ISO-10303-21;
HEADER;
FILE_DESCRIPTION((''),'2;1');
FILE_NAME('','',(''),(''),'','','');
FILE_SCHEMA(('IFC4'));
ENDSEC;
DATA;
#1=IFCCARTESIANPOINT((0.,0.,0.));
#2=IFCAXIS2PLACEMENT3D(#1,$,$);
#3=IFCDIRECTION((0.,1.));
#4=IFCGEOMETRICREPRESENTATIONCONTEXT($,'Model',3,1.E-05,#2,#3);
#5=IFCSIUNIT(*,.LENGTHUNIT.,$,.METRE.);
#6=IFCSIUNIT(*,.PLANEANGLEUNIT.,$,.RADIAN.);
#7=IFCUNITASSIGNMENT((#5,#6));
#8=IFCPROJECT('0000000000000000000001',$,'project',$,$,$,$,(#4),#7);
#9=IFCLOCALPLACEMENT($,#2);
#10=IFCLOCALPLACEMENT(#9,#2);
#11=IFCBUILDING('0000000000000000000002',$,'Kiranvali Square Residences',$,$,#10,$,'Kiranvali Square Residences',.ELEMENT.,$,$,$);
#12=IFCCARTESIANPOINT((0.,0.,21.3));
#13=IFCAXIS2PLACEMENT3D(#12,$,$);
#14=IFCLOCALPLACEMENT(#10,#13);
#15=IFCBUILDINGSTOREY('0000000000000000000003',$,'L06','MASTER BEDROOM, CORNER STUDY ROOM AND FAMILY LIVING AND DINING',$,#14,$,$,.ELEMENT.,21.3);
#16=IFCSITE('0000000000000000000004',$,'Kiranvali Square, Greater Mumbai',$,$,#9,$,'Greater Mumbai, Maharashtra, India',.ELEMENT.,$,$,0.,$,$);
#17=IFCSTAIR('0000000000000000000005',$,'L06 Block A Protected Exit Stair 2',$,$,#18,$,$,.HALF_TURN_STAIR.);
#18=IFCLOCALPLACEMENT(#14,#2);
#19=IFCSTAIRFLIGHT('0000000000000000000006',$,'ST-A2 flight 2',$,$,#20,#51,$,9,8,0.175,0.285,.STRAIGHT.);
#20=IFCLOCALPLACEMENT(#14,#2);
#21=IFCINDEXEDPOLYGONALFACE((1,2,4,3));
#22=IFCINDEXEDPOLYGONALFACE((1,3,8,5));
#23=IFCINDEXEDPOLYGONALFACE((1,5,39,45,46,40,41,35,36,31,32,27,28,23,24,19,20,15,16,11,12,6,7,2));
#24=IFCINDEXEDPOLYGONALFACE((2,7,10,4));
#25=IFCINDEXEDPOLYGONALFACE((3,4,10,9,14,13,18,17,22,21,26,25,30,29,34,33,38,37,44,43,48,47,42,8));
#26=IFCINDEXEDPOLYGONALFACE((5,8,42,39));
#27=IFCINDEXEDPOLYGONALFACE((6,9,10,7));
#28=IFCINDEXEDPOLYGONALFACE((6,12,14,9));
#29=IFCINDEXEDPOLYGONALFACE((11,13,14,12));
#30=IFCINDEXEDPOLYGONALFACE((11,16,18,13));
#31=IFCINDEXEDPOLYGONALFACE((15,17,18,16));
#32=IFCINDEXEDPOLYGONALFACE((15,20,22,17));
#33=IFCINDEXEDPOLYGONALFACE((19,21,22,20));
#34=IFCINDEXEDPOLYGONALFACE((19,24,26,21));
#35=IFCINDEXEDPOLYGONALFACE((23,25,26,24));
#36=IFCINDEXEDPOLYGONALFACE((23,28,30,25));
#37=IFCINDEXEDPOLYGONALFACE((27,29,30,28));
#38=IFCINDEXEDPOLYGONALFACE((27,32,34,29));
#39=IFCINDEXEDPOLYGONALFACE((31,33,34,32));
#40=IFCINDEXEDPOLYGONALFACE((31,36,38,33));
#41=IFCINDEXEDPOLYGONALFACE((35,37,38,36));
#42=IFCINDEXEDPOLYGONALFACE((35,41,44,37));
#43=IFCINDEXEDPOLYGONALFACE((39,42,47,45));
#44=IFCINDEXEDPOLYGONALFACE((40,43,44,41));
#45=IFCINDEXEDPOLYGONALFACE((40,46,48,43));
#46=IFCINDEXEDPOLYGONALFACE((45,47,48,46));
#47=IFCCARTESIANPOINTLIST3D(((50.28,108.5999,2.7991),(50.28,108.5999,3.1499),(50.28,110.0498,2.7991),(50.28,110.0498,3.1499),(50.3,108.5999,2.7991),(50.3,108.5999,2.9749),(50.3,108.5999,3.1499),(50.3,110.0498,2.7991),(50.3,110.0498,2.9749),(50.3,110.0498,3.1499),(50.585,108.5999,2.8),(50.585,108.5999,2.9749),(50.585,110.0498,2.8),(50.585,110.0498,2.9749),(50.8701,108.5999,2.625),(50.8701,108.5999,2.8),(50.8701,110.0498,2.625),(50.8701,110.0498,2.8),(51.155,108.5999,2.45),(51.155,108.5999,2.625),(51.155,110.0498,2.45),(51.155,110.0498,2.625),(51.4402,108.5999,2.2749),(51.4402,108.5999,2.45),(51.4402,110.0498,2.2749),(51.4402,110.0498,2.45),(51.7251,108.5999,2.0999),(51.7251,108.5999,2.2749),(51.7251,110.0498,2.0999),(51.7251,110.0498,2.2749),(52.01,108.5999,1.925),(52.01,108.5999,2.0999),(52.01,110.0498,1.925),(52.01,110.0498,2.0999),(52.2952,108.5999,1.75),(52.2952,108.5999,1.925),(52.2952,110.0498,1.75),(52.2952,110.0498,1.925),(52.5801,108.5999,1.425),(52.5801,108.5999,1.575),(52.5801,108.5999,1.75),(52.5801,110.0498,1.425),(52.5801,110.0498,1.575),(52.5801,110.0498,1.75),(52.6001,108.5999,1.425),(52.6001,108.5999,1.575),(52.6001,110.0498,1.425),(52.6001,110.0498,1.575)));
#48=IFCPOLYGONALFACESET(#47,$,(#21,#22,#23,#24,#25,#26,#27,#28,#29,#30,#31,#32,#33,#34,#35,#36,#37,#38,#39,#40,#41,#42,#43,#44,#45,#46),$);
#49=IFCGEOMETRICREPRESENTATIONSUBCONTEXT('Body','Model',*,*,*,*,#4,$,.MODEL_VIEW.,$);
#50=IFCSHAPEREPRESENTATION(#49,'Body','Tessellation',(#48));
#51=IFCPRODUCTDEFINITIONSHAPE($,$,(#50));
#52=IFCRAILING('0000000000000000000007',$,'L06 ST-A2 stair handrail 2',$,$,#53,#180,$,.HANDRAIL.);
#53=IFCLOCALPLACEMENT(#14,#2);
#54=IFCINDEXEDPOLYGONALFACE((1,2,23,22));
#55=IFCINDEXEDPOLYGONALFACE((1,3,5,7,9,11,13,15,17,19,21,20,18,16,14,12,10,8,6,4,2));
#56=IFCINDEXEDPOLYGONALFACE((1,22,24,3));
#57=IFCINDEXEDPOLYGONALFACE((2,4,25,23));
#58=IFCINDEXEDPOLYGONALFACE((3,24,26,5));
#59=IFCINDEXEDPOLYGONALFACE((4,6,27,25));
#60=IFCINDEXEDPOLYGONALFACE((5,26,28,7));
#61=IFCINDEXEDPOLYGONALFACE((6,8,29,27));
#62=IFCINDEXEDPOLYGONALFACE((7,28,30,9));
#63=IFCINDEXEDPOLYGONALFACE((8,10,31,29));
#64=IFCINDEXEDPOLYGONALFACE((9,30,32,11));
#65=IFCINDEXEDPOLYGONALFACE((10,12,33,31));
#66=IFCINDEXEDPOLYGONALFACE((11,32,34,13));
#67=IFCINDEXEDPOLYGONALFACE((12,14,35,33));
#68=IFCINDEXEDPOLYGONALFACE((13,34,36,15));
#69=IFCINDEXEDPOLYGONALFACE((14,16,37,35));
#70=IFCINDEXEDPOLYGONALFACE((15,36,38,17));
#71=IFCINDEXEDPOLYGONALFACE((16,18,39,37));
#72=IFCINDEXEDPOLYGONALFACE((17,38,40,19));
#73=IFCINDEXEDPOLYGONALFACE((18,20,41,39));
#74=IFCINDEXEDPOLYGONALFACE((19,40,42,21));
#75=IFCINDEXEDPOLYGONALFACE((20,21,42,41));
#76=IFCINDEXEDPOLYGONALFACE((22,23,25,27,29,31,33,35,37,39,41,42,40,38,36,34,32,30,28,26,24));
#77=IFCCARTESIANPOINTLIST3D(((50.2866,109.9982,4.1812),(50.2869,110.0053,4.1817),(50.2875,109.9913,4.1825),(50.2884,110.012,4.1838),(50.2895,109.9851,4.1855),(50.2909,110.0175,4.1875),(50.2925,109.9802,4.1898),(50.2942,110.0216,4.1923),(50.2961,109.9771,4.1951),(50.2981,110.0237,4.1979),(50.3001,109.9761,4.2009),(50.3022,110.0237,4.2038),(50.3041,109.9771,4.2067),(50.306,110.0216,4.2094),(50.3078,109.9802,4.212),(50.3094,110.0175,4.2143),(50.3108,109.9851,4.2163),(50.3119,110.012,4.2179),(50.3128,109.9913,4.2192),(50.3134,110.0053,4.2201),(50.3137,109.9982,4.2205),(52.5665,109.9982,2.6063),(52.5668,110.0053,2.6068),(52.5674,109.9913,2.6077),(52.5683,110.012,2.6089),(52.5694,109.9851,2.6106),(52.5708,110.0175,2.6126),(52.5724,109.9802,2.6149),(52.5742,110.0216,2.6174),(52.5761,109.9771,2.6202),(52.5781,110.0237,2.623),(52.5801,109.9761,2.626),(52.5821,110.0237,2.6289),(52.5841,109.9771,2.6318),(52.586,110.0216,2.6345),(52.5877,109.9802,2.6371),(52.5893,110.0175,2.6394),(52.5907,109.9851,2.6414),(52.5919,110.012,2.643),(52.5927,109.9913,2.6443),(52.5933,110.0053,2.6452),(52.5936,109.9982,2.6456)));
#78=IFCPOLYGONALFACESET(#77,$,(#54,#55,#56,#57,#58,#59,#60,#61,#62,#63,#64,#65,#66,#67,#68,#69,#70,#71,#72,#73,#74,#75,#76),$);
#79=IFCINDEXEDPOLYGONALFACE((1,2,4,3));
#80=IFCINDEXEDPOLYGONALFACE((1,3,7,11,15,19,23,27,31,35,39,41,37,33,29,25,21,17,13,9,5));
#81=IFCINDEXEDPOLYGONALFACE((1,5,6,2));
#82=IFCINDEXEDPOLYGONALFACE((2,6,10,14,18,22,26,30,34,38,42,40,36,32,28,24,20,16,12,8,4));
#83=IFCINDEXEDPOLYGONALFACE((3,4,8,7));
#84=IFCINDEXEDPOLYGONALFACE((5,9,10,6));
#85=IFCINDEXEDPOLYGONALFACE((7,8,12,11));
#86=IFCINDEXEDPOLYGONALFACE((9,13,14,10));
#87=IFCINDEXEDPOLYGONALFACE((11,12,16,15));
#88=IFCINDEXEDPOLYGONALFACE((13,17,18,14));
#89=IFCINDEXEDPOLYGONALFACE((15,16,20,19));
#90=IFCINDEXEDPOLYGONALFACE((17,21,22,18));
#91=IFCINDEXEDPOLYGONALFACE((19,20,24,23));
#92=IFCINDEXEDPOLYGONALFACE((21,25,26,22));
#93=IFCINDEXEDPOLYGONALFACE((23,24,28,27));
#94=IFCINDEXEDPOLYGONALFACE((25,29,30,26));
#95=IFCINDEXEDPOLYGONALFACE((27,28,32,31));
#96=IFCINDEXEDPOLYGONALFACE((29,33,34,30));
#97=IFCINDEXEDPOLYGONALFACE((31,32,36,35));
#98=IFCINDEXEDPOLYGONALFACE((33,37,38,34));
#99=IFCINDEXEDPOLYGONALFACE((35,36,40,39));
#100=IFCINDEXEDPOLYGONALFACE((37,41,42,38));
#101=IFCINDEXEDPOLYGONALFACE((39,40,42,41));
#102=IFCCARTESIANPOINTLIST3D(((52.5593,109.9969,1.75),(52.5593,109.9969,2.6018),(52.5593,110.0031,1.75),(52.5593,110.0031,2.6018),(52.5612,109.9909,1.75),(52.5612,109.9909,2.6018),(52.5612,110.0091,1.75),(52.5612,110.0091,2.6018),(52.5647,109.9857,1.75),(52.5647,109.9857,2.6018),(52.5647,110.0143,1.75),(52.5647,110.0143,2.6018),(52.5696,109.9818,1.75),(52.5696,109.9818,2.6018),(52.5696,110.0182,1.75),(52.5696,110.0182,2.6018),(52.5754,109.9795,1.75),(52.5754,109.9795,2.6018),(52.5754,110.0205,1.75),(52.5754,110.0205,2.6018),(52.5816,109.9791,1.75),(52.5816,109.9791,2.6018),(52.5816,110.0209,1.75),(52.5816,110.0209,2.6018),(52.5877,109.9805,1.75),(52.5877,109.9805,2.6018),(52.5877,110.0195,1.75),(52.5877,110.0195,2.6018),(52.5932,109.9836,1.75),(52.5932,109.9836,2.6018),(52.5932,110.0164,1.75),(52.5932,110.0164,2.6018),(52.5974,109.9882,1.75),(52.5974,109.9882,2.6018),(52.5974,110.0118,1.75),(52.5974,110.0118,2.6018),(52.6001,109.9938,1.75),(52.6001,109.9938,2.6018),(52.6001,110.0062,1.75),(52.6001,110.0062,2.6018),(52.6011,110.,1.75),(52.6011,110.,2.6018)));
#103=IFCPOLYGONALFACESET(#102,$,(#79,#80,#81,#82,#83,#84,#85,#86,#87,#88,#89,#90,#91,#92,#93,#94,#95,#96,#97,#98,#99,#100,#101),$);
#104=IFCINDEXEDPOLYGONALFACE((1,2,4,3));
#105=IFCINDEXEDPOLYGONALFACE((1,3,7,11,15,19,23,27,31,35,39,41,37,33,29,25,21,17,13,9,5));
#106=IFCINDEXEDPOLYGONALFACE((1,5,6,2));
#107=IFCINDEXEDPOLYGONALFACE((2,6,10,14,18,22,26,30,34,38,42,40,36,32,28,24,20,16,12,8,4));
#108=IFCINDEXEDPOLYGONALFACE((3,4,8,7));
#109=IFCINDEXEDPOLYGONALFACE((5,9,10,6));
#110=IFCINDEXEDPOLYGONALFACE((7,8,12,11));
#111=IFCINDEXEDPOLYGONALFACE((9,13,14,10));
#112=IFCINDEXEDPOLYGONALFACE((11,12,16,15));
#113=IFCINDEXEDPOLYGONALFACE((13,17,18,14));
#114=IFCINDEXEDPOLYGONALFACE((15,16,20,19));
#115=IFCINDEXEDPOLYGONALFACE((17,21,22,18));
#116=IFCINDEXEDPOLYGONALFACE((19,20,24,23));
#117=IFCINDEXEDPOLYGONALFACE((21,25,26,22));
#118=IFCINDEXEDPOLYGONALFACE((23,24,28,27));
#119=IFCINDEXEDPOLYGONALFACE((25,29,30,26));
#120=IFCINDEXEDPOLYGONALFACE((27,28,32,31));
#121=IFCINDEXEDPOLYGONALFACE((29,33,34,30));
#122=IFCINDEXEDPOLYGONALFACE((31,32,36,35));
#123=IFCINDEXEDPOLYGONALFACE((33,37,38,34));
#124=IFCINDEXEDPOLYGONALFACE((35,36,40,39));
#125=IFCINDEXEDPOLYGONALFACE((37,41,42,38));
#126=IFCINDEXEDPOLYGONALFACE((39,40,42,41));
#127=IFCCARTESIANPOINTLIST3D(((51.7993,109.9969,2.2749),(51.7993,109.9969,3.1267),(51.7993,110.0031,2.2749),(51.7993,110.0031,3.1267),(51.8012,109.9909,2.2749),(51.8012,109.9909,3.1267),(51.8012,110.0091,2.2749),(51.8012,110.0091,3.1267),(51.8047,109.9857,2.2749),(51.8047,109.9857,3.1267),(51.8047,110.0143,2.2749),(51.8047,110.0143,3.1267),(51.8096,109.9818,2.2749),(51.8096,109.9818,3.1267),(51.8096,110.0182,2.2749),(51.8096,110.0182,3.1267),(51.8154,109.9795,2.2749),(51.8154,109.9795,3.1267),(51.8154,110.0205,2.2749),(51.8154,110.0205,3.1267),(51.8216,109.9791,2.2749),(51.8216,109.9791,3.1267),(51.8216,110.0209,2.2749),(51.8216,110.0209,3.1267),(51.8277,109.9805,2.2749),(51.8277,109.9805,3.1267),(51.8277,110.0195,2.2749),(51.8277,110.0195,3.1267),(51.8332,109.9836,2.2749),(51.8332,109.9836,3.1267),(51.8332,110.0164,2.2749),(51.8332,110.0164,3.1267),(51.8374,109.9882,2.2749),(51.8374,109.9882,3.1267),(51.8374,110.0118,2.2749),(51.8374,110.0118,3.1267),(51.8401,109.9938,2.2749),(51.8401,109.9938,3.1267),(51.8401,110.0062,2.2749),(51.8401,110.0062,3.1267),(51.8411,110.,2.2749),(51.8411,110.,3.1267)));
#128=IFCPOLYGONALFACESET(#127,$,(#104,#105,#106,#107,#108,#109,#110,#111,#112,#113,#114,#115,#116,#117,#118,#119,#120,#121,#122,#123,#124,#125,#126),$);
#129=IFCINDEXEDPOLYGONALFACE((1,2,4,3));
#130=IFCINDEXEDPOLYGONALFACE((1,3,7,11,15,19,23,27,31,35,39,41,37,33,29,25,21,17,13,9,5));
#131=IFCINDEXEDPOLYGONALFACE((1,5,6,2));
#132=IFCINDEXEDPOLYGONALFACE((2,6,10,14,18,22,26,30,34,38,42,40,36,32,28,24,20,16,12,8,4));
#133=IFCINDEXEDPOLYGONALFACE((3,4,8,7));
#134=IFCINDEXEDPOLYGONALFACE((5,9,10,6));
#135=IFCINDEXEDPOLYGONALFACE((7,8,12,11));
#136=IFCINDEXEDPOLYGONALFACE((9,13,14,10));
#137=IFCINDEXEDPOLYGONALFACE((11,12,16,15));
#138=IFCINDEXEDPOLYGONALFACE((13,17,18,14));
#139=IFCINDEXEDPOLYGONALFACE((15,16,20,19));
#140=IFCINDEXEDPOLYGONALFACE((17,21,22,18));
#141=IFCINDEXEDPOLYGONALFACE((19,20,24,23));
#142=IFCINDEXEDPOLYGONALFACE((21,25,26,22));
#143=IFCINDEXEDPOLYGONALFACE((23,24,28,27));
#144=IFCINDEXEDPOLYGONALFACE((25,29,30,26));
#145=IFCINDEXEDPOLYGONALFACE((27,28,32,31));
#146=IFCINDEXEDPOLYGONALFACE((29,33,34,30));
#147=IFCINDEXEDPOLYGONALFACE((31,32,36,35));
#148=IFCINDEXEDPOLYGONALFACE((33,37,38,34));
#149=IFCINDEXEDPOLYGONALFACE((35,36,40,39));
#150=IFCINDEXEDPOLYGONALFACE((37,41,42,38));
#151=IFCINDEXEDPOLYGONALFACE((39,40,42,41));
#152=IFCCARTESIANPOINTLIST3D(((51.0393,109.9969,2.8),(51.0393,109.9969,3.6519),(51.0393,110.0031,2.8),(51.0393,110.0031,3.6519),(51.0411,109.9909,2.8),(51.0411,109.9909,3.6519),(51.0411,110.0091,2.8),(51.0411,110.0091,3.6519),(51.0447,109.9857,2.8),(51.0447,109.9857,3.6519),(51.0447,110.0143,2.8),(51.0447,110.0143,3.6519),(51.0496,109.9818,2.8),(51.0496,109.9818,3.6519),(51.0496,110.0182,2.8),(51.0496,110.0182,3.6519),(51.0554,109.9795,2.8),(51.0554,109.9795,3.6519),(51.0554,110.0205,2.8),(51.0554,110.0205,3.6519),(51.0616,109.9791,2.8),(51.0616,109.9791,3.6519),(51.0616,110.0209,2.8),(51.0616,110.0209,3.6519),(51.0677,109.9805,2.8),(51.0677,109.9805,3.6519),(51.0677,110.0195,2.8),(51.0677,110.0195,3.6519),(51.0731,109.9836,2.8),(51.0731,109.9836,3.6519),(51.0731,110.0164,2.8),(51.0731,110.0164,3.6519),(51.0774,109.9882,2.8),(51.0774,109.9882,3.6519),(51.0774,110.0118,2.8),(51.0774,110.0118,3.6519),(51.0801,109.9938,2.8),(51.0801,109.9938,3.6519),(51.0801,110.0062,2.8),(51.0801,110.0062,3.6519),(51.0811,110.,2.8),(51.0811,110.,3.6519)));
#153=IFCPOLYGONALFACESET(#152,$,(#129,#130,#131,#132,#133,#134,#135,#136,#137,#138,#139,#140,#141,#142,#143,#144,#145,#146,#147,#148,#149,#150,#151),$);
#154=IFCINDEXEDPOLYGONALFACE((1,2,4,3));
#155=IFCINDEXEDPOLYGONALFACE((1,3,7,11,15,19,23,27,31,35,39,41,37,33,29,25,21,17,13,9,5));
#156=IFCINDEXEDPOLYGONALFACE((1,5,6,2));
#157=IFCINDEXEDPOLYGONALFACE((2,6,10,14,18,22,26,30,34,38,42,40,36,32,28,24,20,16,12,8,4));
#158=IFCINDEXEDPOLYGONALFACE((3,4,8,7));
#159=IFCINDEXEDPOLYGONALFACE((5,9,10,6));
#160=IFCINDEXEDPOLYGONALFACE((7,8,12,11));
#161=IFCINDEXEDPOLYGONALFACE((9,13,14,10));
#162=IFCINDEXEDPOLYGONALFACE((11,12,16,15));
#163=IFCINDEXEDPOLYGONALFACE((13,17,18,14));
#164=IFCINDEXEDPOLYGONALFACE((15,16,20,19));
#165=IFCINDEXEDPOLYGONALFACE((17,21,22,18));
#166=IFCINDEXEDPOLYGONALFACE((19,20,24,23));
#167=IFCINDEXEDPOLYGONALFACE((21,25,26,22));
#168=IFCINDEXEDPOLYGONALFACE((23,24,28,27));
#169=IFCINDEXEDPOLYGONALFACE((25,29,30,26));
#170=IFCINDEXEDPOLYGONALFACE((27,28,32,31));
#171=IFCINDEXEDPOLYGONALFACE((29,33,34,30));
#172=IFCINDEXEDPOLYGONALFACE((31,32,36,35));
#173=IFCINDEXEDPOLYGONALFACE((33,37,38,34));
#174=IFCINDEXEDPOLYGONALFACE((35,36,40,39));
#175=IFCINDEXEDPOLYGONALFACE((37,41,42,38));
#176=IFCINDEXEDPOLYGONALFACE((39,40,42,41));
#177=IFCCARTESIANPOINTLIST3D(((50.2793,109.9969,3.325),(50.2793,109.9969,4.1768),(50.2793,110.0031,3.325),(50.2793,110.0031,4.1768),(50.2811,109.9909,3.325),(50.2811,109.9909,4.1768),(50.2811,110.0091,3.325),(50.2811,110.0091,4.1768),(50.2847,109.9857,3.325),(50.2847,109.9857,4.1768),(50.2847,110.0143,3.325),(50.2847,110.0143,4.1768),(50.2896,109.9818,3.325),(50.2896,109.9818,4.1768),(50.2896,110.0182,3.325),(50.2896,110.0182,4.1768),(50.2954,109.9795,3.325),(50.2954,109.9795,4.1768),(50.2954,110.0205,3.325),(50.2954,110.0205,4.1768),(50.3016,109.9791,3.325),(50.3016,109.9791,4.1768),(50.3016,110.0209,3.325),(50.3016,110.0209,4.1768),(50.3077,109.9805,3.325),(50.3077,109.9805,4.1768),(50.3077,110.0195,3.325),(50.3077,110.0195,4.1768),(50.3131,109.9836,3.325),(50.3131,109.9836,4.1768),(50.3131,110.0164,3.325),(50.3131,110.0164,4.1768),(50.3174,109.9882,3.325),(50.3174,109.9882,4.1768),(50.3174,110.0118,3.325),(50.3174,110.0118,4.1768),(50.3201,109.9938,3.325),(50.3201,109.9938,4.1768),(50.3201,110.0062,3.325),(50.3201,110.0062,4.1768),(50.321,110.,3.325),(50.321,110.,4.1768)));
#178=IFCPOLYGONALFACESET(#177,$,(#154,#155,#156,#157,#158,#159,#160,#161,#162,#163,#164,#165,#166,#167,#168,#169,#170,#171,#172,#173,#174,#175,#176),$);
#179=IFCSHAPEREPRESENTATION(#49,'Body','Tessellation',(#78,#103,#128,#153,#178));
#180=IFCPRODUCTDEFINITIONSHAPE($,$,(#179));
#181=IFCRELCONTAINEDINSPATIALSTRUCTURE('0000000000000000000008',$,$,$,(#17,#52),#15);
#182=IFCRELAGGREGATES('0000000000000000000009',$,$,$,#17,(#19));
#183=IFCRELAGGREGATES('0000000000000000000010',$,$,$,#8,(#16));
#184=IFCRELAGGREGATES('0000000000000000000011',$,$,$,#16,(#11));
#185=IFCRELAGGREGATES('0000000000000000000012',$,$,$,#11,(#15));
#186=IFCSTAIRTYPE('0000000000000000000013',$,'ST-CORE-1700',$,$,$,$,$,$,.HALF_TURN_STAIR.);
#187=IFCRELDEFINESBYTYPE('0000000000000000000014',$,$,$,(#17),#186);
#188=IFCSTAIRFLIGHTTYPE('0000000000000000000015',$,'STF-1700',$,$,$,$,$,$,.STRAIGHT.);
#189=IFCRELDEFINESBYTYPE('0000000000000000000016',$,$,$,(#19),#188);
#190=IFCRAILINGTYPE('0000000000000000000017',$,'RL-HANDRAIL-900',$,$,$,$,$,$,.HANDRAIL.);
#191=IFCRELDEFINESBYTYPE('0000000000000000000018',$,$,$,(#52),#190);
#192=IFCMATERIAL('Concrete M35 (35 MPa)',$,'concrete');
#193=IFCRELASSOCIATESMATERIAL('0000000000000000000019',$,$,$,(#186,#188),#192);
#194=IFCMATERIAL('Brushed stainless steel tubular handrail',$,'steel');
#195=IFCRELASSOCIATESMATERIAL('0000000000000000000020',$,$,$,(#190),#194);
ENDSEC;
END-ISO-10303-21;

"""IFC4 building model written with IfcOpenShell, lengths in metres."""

from ifc_helpers import new_model, si_unit, direction, frame, origin, origin_2d, place, context, subcontext, project, spatial, polyline, circle, outline, extrude, material, type_object, element, aggregate, save


model = new_model("IFC4")

# Units and contexts
model_context = context("Model", 3, precision=1e-05, world=origin(), true_north=direction((0.0, 1.0)))
body_context = subcontext(model_context, "Body", "Model", "MODEL_VIEW")
ifc_project = project(units=[si_unit("LENGTHUNIT", "METRE"), si_unit("PLANEANGLEUNIT", "RADIAN")], contexts=[model_context])

# Site, building, storey
site_placement = place(None, origin())
site = spatial("IfcSite", under=ifc_project, at=site_placement, Name="Kiranvali Square, Greater Mumbai", LongName="Greater Mumbai, Maharashtra, India", CompositionType="ELEMENT", RefElevation=0.0)
building_placement = place(site_placement, origin())
building = spatial("IfcBuilding", under=site, at=building_placement, Name="Kiranvali Square Residences", LongName="Kiranvali Square Residences", CompositionType="ELEMENT")
storey_placement = place(building_placement, frame((0.0, 0.0, 21.3)))
storey = spatial("IfcBuildingStorey", under=building, at=storey_placement, Name="L06", Description="MASTER BEDROOM, CORNER STUDY ROOM AND FAMILY LIVING AND DINING", CompositionType="ELEMENT", Elevation=21.3)

# Stair, stair flight
ifc_material_1 = material(Name="Concrete M35 (35 MPa)", Category="concrete")
stair_type = type_object("IfcStairType", Name="ST-CORE-1700", PredefinedType="HALF_TURN_STAIR", material=ifc_material_1)
stair_placement = place(storey_placement, origin())
stair = element("IfcStair", 1, at=stair_placement, inside=storey, type_object=stair_type, Name="L06 Block A Protected Exit Stair 2", PredefinedType="HALF_TURN_STAIR")
stair_flight_type = type_object("IfcStairFlightType", Name="STF-1700", PredefinedType="STRAIGHT", material=ifc_material_1)
stair_flight_placement = place(storey_placement, frame((52.5801, 109.325, 1.575), z_axis=(0.0, 0.0, 1.0), x_axis=(-1.0, 0.0, 0.0)))
stair_flight = element("IfcStairFlight", 2, at=stair_flight_placement, type_object=stair_flight_type, Name="ST-A2 flight 2", NumberOfRisers=9, NumberOfTreads=8, PredefinedType="STRAIGHT", RiserHeight=0.175, TreadLength=0.285, context=body_context, shape_type="SweptSolid", body=[
    extrude(outline(polyline([(-0.02, -0.1499), (-0.02, 0.0), (0.0, 0.0), (0.0, 0.175), (0.2849, 0.175), (0.2849, 0.3501), (0.5701, 0.3501), (0.5701, 0.5249), (0.855, 0.5249), (0.855, 0.7), (1.1399, 0.7), (1.1399, 0.875), (1.425, 0.875), (1.425, 1.05), (1.71, 1.05), (1.71, 1.2251), (1.9951, 1.2251), (1.9951, 1.3999), (2.28, 1.3999), (2.28, 1.575), (2.3, 1.575), (2.3, 1.2241), (2.28, 1.2241), (0.0, -0.1499), (-0.02, -0.1499)])), frame((0.0, 0.7251, 0.0), z_axis=(0.0, -1.0, 0.0), x_axis=(1.0, 0.0, 0.0)), (0.0, 0.0, 1.0), 1.45),
])
aggregate(stair, [stair_flight])

# Railing
ifc_material_2 = material(Name="Brushed stainless steel tubular handrail", Category="steel")
railing_type_1 = type_object("IfcRailingType", Name="RL-HANDRAIL-900", PredefinedType="HANDRAIL", material=ifc_material_2)
railing_1_placement = place(storey_placement, frame((52.5801, 110.0, 1.75)))
element("IfcRailing", 3, at=railing_1_placement, inside=storey, type_object=railing_type_1, Name="L06 ST-A2 stair handrail 2", PredefinedType="HANDRAIL", context=body_context, shape_type="SweptSolid", body=[
    extrude(circle(Radius=0.0239, at=origin_2d()), frame((0.0, 0.0, 0.876), z_axis=(-0.822788, 0.0, 0.568348), x_axis=(0.0, -1.0, 0.0)), (0.0, 0.0, 1.0), 2.771),
    extrude(circle(Radius=0.021, at=origin_2d()), origin(), (0.0, 0.0, 1.0), 0.8518),
    extrude(circle(Radius=0.021, at=origin_2d()), frame((-0.76, 0.0, 0.5249)), (0.0, 0.0, 1.0), 0.8518),
    extrude(circle(Radius=0.021, at=origin_2d()), frame((-1.52, 0.0, 1.05)), (0.0, 0.0, 1.0), 0.8518),
    extrude(circle(Radius=0.021, at=origin_2d()), frame((-2.28, 0.0, 1.575)), (0.0, 0.0, 1.0), 0.8518),
])

save(model, "model.ifc")
